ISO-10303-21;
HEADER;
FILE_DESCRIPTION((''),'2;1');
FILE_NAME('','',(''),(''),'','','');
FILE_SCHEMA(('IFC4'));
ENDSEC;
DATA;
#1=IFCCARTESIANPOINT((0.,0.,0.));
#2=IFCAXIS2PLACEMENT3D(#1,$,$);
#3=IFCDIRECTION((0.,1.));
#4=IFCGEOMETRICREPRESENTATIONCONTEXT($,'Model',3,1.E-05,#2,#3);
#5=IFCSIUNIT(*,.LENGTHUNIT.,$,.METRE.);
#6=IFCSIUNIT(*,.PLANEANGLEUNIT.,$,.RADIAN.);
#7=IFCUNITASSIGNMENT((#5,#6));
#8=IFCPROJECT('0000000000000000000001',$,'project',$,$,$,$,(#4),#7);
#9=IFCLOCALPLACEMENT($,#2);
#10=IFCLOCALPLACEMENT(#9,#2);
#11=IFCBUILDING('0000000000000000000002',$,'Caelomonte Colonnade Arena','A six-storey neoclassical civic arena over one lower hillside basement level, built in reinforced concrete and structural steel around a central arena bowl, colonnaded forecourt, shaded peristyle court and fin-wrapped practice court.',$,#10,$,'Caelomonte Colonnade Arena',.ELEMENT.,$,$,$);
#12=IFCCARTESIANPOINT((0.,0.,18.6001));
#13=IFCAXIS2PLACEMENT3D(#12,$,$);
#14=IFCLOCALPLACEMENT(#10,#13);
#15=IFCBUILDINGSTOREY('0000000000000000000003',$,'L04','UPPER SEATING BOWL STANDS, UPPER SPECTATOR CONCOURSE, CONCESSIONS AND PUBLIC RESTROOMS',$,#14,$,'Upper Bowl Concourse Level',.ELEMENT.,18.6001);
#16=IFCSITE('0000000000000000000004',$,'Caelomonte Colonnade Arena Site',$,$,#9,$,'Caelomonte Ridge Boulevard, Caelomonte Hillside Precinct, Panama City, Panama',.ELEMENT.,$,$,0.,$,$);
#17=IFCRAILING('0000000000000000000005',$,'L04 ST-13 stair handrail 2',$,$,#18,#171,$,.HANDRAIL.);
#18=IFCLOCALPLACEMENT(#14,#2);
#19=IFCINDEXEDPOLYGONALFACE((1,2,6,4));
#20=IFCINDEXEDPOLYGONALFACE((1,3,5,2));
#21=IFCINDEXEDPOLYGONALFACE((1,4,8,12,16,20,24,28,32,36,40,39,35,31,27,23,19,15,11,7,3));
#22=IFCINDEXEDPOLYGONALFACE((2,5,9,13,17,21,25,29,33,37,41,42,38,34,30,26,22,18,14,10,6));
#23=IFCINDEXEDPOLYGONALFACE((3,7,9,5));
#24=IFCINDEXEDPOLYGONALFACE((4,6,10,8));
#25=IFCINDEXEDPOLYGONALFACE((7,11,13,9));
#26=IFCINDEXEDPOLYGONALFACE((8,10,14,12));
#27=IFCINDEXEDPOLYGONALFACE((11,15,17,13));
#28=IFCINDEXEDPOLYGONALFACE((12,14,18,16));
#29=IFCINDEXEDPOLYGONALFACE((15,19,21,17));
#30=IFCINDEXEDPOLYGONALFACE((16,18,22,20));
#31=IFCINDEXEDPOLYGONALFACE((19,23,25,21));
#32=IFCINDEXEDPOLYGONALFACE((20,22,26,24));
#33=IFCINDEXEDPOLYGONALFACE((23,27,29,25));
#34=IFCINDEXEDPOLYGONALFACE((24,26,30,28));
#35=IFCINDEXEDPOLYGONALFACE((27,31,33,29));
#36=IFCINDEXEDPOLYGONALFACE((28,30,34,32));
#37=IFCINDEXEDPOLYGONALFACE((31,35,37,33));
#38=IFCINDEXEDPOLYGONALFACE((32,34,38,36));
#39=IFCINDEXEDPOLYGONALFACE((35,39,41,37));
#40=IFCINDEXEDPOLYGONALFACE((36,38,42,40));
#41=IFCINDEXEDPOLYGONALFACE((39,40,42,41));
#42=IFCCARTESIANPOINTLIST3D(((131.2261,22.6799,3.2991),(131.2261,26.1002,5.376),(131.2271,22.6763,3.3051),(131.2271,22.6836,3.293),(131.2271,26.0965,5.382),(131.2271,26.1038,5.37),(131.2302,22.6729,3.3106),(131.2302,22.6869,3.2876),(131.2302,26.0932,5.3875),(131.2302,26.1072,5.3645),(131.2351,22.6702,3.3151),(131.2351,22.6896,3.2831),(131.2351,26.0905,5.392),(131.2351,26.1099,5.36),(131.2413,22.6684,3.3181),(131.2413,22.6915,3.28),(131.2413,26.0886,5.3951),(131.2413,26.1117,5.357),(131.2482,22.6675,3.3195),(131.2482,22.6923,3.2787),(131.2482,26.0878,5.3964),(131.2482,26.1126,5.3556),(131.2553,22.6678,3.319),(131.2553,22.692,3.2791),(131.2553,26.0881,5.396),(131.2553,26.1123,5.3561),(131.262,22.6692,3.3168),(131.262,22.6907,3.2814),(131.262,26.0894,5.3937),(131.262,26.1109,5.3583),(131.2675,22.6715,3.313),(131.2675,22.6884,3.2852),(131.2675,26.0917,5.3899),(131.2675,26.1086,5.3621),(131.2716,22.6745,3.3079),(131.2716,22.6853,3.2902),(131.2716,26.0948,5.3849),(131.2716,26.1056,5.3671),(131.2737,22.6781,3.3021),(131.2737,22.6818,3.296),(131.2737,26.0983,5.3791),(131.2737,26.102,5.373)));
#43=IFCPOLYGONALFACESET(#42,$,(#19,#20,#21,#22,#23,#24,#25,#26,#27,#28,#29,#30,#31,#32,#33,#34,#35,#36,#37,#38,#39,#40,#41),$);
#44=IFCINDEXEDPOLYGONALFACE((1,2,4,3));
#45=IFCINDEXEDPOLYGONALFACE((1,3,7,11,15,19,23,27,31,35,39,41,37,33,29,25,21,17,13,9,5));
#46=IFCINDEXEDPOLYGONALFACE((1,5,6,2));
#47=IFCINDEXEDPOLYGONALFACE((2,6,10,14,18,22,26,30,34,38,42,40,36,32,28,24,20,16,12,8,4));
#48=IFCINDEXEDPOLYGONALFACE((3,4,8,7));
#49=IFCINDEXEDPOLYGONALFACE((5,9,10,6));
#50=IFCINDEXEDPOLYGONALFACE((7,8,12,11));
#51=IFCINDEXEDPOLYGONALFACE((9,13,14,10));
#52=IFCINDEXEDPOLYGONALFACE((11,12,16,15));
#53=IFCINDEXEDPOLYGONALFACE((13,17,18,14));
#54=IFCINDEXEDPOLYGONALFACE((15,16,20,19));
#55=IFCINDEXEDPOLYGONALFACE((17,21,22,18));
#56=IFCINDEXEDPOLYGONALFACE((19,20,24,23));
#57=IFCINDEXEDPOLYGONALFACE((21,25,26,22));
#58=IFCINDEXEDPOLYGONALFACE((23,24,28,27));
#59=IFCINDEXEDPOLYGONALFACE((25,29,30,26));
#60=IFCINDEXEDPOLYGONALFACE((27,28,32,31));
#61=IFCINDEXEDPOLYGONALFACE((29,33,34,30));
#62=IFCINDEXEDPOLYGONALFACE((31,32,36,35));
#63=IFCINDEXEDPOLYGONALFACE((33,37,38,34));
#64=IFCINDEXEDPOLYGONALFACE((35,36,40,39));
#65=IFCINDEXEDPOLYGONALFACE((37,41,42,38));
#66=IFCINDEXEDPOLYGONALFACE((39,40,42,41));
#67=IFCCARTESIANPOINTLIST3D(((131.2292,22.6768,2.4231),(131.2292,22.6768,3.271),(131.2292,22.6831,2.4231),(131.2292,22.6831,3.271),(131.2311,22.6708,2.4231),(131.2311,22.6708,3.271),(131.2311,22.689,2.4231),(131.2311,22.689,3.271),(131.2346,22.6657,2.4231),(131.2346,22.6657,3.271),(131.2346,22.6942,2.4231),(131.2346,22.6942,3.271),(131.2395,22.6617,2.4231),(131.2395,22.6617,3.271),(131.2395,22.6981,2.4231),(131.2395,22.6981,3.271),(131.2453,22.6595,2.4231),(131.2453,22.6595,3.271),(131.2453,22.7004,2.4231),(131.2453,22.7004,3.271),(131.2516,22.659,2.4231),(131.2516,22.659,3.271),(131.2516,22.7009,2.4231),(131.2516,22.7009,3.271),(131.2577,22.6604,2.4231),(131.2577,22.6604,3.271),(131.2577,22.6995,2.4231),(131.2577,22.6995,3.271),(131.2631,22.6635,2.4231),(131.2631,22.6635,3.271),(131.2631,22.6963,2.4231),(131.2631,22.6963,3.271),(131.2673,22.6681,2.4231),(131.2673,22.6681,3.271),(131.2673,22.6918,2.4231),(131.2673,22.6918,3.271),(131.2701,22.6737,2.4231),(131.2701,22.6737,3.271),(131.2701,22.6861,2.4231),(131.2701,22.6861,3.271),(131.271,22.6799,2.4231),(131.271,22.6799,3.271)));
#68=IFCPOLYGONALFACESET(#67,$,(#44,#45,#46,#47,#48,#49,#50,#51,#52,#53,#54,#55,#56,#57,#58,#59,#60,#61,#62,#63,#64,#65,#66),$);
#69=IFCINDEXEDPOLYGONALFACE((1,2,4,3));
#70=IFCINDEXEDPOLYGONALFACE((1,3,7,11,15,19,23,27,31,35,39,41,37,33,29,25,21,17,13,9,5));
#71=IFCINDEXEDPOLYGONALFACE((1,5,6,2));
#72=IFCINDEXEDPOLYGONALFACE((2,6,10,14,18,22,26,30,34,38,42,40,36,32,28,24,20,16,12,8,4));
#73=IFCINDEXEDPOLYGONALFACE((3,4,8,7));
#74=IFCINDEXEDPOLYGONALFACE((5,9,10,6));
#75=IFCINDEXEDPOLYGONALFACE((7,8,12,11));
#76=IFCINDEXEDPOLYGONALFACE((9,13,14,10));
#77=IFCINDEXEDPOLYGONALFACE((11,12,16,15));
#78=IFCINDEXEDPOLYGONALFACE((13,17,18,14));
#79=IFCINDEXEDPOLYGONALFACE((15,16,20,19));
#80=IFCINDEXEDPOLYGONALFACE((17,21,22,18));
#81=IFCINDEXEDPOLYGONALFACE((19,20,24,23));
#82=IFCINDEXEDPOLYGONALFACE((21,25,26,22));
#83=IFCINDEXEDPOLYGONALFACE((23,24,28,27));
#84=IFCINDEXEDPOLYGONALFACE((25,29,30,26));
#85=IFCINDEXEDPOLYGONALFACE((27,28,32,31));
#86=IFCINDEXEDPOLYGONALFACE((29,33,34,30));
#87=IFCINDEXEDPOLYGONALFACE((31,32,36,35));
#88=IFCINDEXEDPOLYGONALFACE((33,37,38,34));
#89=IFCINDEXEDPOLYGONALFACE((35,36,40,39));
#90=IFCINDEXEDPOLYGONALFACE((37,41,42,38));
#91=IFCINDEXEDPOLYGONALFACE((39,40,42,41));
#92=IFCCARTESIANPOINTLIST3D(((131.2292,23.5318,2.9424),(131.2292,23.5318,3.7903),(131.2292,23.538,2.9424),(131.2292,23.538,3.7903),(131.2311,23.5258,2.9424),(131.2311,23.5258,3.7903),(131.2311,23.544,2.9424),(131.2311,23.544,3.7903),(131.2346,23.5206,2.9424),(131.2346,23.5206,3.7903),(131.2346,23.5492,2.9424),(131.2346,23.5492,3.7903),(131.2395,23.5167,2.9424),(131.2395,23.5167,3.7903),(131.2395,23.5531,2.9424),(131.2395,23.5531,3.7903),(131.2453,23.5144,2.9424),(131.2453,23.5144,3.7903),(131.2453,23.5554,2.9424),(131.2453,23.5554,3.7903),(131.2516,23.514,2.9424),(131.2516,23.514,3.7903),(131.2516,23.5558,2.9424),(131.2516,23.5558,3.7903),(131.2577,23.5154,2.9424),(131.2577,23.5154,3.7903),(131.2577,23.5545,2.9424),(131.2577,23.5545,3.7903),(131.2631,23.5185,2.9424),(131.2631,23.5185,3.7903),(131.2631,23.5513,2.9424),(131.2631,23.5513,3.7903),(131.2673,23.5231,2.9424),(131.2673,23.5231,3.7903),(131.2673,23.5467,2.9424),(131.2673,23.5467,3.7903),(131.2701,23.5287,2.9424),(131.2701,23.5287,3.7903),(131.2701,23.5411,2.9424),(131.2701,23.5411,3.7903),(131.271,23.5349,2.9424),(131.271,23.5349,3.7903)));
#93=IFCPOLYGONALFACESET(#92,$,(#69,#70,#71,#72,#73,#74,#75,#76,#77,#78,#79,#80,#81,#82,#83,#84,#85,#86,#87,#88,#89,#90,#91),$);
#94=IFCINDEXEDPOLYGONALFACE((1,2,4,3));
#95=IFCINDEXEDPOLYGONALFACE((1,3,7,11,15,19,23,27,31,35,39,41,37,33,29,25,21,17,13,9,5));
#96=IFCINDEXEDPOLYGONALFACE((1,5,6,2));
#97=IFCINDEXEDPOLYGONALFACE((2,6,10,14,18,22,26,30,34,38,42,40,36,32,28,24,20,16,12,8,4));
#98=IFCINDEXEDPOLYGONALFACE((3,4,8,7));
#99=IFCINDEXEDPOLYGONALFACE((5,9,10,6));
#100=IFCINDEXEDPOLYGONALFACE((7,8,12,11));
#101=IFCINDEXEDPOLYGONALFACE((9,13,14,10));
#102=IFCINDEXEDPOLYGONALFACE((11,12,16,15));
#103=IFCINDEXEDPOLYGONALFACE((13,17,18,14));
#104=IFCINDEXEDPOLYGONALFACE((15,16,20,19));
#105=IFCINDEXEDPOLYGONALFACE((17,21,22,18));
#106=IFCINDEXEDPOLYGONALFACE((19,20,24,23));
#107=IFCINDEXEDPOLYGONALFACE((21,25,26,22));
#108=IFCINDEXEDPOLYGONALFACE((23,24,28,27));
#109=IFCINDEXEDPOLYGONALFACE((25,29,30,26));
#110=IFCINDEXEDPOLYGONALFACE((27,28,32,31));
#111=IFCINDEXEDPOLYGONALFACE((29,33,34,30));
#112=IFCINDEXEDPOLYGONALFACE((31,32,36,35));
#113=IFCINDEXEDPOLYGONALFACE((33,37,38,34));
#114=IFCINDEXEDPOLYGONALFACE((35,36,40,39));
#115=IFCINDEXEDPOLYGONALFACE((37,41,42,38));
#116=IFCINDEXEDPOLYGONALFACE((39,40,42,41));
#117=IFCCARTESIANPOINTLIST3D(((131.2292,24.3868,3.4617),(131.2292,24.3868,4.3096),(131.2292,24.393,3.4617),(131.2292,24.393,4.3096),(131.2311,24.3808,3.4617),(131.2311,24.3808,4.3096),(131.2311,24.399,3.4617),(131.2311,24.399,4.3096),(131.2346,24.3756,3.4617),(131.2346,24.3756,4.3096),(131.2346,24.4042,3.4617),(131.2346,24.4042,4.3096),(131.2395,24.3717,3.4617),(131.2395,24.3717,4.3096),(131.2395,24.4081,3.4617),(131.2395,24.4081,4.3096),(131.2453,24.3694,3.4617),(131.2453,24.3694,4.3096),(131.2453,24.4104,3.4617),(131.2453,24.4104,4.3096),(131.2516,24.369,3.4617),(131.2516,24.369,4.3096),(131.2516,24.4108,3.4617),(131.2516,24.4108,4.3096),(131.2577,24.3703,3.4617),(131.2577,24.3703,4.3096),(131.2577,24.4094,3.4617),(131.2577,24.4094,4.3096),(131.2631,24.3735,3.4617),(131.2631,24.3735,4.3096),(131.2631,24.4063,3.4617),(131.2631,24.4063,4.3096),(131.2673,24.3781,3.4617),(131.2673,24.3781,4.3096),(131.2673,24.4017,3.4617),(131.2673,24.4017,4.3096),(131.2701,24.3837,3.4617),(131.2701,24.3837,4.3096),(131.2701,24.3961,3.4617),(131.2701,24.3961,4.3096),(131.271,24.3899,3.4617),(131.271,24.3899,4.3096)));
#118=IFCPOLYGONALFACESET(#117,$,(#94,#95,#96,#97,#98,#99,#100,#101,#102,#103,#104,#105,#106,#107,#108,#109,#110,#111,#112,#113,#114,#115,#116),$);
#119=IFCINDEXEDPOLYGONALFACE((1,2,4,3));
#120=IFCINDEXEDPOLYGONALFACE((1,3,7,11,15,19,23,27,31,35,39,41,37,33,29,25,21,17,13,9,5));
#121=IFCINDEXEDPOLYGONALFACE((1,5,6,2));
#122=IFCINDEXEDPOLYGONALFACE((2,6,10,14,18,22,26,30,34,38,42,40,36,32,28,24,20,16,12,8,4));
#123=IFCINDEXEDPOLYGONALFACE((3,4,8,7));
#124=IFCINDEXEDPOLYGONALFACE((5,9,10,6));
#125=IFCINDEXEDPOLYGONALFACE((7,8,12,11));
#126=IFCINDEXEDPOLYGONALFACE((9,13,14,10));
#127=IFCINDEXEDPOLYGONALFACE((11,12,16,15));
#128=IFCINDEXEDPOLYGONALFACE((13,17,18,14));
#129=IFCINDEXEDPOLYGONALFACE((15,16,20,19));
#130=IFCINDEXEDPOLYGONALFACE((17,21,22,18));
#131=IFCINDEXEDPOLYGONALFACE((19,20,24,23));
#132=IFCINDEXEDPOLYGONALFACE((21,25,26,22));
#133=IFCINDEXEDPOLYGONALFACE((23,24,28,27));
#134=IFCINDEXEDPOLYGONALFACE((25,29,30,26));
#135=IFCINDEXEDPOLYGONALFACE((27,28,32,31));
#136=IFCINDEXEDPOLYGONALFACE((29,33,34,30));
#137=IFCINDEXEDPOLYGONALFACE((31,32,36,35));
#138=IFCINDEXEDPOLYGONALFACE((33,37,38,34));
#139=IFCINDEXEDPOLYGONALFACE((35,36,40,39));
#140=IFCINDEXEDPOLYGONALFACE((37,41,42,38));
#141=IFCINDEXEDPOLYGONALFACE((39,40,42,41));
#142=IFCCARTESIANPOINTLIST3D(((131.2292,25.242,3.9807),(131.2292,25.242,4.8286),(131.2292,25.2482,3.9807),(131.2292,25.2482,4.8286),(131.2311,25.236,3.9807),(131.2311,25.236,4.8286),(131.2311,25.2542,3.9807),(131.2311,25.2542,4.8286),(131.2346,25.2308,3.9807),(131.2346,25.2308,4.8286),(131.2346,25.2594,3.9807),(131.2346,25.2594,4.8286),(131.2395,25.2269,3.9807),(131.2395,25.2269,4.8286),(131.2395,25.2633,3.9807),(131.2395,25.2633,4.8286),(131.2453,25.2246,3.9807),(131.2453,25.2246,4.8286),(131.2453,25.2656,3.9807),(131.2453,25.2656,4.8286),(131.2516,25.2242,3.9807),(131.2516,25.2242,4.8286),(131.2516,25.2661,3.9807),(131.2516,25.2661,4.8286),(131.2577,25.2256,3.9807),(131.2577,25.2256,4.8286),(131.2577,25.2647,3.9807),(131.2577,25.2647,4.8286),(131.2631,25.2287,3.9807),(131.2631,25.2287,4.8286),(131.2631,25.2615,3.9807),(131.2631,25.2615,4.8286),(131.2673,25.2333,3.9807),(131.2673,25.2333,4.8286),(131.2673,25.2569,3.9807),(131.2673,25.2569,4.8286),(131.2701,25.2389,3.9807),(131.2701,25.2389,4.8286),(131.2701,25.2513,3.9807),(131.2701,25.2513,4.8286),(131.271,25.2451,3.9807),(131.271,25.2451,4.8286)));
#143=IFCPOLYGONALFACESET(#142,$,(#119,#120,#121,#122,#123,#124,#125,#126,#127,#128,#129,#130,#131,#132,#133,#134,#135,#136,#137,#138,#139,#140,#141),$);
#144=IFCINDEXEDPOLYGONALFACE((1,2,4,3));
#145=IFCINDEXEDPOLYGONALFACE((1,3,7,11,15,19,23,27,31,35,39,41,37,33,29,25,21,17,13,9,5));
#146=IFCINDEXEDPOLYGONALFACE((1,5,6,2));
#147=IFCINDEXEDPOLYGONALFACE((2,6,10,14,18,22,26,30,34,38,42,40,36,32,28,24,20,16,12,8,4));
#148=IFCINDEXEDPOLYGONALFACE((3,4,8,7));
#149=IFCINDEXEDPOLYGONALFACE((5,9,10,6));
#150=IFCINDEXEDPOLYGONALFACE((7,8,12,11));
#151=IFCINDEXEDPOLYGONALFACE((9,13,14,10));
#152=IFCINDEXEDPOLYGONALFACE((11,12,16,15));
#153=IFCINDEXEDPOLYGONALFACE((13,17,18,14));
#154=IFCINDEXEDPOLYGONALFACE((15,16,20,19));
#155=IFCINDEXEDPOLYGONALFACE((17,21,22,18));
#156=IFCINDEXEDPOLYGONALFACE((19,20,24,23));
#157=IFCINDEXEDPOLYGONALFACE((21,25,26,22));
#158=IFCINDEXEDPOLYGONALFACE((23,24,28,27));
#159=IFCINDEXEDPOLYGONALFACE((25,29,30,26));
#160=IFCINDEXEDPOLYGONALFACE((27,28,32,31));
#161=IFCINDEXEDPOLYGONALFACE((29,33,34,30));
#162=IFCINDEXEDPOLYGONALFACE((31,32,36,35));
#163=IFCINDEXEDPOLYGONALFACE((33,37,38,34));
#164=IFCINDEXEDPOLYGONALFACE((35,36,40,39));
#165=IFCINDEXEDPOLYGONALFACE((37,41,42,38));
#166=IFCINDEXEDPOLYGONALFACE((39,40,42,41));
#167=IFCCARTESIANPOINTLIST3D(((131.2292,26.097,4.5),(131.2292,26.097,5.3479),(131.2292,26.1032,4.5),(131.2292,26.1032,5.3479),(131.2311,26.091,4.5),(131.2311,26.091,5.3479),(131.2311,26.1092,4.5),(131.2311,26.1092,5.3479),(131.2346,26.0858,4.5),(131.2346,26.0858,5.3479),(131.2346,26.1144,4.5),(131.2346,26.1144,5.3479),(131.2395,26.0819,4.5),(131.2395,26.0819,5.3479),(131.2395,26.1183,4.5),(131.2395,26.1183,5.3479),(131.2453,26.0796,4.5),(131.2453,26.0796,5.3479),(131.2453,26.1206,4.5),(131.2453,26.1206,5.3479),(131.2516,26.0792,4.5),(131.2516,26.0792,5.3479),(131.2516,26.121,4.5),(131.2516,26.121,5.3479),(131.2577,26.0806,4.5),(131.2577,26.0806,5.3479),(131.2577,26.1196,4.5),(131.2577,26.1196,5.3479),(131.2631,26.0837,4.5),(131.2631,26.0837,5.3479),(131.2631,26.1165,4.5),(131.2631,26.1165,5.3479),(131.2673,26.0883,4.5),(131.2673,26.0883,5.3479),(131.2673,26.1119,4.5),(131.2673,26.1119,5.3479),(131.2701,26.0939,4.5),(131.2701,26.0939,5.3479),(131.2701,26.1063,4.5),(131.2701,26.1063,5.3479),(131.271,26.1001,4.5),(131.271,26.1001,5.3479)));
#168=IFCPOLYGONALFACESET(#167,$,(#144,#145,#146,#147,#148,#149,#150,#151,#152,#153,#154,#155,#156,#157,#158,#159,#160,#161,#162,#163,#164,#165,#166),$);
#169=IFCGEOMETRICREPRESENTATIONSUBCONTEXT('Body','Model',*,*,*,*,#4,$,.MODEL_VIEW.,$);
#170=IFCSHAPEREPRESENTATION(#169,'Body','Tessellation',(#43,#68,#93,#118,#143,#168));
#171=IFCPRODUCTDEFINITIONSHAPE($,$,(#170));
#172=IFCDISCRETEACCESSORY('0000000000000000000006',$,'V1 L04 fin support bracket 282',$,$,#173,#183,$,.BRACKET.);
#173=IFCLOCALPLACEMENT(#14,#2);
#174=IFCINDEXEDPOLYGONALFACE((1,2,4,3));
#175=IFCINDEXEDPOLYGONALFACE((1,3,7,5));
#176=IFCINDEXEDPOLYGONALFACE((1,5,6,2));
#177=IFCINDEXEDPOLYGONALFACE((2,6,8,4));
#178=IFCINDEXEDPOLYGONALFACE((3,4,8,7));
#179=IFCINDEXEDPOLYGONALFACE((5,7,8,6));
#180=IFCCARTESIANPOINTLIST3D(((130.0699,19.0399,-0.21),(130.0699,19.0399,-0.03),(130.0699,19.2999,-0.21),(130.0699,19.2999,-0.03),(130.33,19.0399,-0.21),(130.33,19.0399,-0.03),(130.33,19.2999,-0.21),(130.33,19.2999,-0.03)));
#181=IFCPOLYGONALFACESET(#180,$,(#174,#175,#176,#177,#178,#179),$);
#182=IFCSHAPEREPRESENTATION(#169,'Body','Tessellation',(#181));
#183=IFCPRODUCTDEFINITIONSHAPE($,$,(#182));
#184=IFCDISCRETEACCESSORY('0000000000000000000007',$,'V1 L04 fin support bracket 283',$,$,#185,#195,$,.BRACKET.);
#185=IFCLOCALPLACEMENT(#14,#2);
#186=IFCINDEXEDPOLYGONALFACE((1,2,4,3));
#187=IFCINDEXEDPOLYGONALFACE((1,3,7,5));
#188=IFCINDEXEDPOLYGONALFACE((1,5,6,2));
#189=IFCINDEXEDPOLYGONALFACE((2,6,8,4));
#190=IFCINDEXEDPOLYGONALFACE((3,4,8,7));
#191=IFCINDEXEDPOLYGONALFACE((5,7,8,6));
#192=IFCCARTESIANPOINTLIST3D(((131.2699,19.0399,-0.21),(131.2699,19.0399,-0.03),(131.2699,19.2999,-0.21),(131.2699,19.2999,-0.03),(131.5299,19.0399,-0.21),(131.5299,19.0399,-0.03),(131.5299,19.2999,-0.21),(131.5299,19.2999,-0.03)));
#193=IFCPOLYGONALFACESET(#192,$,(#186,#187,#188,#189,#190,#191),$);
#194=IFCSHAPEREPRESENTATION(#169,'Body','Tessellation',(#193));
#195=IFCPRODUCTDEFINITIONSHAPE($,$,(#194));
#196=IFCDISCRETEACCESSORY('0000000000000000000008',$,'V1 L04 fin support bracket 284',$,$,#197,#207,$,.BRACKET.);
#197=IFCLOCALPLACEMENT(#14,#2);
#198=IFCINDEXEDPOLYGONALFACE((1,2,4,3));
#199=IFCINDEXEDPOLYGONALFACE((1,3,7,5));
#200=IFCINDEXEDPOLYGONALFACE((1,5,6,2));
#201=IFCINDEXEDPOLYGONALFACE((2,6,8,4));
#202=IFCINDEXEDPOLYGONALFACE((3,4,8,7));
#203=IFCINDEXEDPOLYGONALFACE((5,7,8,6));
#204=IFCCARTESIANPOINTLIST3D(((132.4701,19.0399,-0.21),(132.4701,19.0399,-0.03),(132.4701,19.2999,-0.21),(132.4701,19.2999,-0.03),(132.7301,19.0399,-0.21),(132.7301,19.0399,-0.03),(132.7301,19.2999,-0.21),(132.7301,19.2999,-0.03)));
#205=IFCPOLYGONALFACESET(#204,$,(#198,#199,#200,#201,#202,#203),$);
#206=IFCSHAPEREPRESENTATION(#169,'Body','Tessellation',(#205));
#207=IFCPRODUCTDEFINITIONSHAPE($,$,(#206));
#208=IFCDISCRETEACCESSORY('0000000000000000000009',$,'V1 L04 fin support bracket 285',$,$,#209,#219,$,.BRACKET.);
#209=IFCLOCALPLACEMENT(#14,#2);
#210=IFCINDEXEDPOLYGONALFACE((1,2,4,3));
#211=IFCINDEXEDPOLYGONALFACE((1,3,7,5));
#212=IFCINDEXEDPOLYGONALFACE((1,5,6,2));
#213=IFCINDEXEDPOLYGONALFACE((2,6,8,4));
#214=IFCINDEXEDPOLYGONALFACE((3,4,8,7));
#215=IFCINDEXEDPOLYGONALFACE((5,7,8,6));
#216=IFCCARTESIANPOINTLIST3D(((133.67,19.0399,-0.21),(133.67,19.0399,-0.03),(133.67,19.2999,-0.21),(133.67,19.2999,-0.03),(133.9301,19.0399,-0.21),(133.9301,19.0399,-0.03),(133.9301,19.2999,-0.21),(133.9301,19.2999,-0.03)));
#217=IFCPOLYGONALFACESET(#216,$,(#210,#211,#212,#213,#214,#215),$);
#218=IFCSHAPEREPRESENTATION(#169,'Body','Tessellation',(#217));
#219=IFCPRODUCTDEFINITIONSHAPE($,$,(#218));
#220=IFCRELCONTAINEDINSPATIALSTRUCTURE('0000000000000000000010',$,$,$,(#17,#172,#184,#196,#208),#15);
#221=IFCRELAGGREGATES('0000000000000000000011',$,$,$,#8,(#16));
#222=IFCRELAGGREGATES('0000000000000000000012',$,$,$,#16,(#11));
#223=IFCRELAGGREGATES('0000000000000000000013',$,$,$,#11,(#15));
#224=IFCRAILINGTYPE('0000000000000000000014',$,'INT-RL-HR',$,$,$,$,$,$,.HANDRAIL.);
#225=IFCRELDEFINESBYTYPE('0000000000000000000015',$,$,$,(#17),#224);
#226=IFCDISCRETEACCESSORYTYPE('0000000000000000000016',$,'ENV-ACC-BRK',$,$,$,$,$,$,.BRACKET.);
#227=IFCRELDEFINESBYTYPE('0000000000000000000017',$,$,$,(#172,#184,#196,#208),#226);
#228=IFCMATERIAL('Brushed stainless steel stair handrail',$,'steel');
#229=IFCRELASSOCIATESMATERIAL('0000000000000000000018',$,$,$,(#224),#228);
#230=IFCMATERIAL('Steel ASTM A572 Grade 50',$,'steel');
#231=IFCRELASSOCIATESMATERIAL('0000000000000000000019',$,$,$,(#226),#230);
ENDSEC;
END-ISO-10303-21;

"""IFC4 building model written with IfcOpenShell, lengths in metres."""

from ifc_helpers import new_model, si_unit, direction, frame, origin, origin_2d, place, context, subcontext, project, spatial, rectangle, circle, extrude, material, type_object, element, save


model = new_model("IFC4")

# Units and contexts
model_context = context("Model", 3, precision=1e-05, world=origin(), true_north=direction((0.0, 1.0)))
body_context = subcontext(model_context, "Body", "Model", "MODEL_VIEW")
ifc_project = project(units=[si_unit("LENGTHUNIT", "METRE"), si_unit("PLANEANGLEUNIT", "RADIAN")], contexts=[model_context])

# Site, building, storey
site_placement = place(None, origin())
site = spatial("IfcSite", under=ifc_project, at=site_placement, Name="Caelomonte Colonnade Arena Site", LongName="Caelomonte Ridge Boulevard, Caelomonte Hillside Precinct, Panama City, Panama", CompositionType="ELEMENT", RefElevation=0.0)
building_placement = place(site_placement, origin())
building = spatial("IfcBuilding", under=site, at=building_placement, Name="Caelomonte Colonnade Arena", Description="A six-storey neoclassical civic arena over one lower hillside basement level, built in reinforced concrete and structural steel around a central arena bowl, colonnaded forecourt, shaded peristyle court and fin-wrapped practice court.", LongName="Caelomonte Colonnade Arena", CompositionType="ELEMENT")
storey_placement = place(building_placement, frame((0.0, 0.0, 18.6001)))
storey = spatial("IfcBuildingStorey", under=building, at=storey_placement, Name="L04", Description="UPPER SEATING BOWL STANDS, UPPER SPECTATOR CONCOURSE, CONCESSIONS AND PUBLIC RESTROOMS", LongName="Upper Bowl Concourse Level", CompositionType="ELEMENT", Elevation=18.6001)

# Railing
ifc_material_1 = material(Name="Brushed stainless steel stair handrail", Category="steel")
railing_type = type_object("IfcRailingType", Name="INT-RL-HR", PredefinedType="HANDRAIL", material=ifc_material_1)
railing_placement = place(storey_placement, frame((131.25, 22.6799, 2.4231)))
element("IfcRailing", 1, at=railing_placement, inside=storey, type_object=railing_type, Name="L04 ST-13 stair handrail 2", PredefinedType="HANDRAIL", context=body_context, shape_type="SweptSolid", body=[
    extrude(circle(Radius=0.0239, at=origin_2d()), frame((0.0, 0.0, 0.876), z_axis=(0.0, 0.854746, 0.519047), x_axis=(-1.0, 0.0, 0.0)), (0.0, 0.0, 1.0), 4.0015),
    extrude(circle(Radius=0.021, at=origin_2d()), origin(), (0.0, 0.0, 1.0), 0.8479),
    extrude(circle(Radius=0.021, at=origin_2d()), frame((0.0, 0.855, 0.5193)), (0.0, 0.0, 1.0), 0.8479),
    extrude(circle(Radius=0.021, at=origin_2d()), frame((0.0, 1.71, 1.0386)), (0.0, 0.0, 1.0), 0.8479),
    extrude(circle(Radius=0.021, at=origin_2d()), frame((0.0, 2.5652, 1.5576)), (0.0, 0.0, 1.0), 0.8479),
    extrude(circle(Radius=0.021, at=origin_2d()), frame((0.0, 3.4202, 2.0769)), (0.0, 0.0, 1.0), 0.8479),
])

# Discrete accessories
ifc_material_2 = material(Name="Steel ASTM A572 Grade 50", Category="steel")
discrete_accessory_type = type_object("IfcDiscreteAccessoryType", Name="ENV-ACC-BRK", PredefinedType="BRACKET", material=ifc_material_2)
for number, where, z_axis, x_axis, name in (
    (2, (130.2, 19.1699, -0.21), (0.0, 0.0, 1.0), (1.0, 0.0, 0.0), "V1 L04 fin support bracket 282"),
    (3, (131.3999, 19.1699, -0.21), (0.0, 0.0, 1.0), (1.0, 0.0, 0.0), "V1 L04 fin support bracket 283"),
    (4, (132.6001, 19.1699, -0.21), (0.0, 0.0, 1.0), (1.0, 0.0, 0.0), "V1 L04 fin support bracket 284"),
    (5, (133.8, 19.1699, -0.21), (0.0, 0.0, 1.0), (1.0, 0.0, 0.0), "V1 L04 fin support bracket 285"),
):
    element("IfcDiscreteAccessory", number, at=place(storey_placement, frame(where, z_axis=z_axis, x_axis=x_axis)), inside=storey, type_object=discrete_accessory_type, Name=name, PredefinedType="BRACKET", context=body_context, shape_type="SweptSolid", body=[
        extrude(rectangle(XDim=0.26, YDim=0.26, at=origin_2d()), origin(), (0.0, 0.0, 1.0), 0.1799),
    ])

save(model, "model.ifc")
